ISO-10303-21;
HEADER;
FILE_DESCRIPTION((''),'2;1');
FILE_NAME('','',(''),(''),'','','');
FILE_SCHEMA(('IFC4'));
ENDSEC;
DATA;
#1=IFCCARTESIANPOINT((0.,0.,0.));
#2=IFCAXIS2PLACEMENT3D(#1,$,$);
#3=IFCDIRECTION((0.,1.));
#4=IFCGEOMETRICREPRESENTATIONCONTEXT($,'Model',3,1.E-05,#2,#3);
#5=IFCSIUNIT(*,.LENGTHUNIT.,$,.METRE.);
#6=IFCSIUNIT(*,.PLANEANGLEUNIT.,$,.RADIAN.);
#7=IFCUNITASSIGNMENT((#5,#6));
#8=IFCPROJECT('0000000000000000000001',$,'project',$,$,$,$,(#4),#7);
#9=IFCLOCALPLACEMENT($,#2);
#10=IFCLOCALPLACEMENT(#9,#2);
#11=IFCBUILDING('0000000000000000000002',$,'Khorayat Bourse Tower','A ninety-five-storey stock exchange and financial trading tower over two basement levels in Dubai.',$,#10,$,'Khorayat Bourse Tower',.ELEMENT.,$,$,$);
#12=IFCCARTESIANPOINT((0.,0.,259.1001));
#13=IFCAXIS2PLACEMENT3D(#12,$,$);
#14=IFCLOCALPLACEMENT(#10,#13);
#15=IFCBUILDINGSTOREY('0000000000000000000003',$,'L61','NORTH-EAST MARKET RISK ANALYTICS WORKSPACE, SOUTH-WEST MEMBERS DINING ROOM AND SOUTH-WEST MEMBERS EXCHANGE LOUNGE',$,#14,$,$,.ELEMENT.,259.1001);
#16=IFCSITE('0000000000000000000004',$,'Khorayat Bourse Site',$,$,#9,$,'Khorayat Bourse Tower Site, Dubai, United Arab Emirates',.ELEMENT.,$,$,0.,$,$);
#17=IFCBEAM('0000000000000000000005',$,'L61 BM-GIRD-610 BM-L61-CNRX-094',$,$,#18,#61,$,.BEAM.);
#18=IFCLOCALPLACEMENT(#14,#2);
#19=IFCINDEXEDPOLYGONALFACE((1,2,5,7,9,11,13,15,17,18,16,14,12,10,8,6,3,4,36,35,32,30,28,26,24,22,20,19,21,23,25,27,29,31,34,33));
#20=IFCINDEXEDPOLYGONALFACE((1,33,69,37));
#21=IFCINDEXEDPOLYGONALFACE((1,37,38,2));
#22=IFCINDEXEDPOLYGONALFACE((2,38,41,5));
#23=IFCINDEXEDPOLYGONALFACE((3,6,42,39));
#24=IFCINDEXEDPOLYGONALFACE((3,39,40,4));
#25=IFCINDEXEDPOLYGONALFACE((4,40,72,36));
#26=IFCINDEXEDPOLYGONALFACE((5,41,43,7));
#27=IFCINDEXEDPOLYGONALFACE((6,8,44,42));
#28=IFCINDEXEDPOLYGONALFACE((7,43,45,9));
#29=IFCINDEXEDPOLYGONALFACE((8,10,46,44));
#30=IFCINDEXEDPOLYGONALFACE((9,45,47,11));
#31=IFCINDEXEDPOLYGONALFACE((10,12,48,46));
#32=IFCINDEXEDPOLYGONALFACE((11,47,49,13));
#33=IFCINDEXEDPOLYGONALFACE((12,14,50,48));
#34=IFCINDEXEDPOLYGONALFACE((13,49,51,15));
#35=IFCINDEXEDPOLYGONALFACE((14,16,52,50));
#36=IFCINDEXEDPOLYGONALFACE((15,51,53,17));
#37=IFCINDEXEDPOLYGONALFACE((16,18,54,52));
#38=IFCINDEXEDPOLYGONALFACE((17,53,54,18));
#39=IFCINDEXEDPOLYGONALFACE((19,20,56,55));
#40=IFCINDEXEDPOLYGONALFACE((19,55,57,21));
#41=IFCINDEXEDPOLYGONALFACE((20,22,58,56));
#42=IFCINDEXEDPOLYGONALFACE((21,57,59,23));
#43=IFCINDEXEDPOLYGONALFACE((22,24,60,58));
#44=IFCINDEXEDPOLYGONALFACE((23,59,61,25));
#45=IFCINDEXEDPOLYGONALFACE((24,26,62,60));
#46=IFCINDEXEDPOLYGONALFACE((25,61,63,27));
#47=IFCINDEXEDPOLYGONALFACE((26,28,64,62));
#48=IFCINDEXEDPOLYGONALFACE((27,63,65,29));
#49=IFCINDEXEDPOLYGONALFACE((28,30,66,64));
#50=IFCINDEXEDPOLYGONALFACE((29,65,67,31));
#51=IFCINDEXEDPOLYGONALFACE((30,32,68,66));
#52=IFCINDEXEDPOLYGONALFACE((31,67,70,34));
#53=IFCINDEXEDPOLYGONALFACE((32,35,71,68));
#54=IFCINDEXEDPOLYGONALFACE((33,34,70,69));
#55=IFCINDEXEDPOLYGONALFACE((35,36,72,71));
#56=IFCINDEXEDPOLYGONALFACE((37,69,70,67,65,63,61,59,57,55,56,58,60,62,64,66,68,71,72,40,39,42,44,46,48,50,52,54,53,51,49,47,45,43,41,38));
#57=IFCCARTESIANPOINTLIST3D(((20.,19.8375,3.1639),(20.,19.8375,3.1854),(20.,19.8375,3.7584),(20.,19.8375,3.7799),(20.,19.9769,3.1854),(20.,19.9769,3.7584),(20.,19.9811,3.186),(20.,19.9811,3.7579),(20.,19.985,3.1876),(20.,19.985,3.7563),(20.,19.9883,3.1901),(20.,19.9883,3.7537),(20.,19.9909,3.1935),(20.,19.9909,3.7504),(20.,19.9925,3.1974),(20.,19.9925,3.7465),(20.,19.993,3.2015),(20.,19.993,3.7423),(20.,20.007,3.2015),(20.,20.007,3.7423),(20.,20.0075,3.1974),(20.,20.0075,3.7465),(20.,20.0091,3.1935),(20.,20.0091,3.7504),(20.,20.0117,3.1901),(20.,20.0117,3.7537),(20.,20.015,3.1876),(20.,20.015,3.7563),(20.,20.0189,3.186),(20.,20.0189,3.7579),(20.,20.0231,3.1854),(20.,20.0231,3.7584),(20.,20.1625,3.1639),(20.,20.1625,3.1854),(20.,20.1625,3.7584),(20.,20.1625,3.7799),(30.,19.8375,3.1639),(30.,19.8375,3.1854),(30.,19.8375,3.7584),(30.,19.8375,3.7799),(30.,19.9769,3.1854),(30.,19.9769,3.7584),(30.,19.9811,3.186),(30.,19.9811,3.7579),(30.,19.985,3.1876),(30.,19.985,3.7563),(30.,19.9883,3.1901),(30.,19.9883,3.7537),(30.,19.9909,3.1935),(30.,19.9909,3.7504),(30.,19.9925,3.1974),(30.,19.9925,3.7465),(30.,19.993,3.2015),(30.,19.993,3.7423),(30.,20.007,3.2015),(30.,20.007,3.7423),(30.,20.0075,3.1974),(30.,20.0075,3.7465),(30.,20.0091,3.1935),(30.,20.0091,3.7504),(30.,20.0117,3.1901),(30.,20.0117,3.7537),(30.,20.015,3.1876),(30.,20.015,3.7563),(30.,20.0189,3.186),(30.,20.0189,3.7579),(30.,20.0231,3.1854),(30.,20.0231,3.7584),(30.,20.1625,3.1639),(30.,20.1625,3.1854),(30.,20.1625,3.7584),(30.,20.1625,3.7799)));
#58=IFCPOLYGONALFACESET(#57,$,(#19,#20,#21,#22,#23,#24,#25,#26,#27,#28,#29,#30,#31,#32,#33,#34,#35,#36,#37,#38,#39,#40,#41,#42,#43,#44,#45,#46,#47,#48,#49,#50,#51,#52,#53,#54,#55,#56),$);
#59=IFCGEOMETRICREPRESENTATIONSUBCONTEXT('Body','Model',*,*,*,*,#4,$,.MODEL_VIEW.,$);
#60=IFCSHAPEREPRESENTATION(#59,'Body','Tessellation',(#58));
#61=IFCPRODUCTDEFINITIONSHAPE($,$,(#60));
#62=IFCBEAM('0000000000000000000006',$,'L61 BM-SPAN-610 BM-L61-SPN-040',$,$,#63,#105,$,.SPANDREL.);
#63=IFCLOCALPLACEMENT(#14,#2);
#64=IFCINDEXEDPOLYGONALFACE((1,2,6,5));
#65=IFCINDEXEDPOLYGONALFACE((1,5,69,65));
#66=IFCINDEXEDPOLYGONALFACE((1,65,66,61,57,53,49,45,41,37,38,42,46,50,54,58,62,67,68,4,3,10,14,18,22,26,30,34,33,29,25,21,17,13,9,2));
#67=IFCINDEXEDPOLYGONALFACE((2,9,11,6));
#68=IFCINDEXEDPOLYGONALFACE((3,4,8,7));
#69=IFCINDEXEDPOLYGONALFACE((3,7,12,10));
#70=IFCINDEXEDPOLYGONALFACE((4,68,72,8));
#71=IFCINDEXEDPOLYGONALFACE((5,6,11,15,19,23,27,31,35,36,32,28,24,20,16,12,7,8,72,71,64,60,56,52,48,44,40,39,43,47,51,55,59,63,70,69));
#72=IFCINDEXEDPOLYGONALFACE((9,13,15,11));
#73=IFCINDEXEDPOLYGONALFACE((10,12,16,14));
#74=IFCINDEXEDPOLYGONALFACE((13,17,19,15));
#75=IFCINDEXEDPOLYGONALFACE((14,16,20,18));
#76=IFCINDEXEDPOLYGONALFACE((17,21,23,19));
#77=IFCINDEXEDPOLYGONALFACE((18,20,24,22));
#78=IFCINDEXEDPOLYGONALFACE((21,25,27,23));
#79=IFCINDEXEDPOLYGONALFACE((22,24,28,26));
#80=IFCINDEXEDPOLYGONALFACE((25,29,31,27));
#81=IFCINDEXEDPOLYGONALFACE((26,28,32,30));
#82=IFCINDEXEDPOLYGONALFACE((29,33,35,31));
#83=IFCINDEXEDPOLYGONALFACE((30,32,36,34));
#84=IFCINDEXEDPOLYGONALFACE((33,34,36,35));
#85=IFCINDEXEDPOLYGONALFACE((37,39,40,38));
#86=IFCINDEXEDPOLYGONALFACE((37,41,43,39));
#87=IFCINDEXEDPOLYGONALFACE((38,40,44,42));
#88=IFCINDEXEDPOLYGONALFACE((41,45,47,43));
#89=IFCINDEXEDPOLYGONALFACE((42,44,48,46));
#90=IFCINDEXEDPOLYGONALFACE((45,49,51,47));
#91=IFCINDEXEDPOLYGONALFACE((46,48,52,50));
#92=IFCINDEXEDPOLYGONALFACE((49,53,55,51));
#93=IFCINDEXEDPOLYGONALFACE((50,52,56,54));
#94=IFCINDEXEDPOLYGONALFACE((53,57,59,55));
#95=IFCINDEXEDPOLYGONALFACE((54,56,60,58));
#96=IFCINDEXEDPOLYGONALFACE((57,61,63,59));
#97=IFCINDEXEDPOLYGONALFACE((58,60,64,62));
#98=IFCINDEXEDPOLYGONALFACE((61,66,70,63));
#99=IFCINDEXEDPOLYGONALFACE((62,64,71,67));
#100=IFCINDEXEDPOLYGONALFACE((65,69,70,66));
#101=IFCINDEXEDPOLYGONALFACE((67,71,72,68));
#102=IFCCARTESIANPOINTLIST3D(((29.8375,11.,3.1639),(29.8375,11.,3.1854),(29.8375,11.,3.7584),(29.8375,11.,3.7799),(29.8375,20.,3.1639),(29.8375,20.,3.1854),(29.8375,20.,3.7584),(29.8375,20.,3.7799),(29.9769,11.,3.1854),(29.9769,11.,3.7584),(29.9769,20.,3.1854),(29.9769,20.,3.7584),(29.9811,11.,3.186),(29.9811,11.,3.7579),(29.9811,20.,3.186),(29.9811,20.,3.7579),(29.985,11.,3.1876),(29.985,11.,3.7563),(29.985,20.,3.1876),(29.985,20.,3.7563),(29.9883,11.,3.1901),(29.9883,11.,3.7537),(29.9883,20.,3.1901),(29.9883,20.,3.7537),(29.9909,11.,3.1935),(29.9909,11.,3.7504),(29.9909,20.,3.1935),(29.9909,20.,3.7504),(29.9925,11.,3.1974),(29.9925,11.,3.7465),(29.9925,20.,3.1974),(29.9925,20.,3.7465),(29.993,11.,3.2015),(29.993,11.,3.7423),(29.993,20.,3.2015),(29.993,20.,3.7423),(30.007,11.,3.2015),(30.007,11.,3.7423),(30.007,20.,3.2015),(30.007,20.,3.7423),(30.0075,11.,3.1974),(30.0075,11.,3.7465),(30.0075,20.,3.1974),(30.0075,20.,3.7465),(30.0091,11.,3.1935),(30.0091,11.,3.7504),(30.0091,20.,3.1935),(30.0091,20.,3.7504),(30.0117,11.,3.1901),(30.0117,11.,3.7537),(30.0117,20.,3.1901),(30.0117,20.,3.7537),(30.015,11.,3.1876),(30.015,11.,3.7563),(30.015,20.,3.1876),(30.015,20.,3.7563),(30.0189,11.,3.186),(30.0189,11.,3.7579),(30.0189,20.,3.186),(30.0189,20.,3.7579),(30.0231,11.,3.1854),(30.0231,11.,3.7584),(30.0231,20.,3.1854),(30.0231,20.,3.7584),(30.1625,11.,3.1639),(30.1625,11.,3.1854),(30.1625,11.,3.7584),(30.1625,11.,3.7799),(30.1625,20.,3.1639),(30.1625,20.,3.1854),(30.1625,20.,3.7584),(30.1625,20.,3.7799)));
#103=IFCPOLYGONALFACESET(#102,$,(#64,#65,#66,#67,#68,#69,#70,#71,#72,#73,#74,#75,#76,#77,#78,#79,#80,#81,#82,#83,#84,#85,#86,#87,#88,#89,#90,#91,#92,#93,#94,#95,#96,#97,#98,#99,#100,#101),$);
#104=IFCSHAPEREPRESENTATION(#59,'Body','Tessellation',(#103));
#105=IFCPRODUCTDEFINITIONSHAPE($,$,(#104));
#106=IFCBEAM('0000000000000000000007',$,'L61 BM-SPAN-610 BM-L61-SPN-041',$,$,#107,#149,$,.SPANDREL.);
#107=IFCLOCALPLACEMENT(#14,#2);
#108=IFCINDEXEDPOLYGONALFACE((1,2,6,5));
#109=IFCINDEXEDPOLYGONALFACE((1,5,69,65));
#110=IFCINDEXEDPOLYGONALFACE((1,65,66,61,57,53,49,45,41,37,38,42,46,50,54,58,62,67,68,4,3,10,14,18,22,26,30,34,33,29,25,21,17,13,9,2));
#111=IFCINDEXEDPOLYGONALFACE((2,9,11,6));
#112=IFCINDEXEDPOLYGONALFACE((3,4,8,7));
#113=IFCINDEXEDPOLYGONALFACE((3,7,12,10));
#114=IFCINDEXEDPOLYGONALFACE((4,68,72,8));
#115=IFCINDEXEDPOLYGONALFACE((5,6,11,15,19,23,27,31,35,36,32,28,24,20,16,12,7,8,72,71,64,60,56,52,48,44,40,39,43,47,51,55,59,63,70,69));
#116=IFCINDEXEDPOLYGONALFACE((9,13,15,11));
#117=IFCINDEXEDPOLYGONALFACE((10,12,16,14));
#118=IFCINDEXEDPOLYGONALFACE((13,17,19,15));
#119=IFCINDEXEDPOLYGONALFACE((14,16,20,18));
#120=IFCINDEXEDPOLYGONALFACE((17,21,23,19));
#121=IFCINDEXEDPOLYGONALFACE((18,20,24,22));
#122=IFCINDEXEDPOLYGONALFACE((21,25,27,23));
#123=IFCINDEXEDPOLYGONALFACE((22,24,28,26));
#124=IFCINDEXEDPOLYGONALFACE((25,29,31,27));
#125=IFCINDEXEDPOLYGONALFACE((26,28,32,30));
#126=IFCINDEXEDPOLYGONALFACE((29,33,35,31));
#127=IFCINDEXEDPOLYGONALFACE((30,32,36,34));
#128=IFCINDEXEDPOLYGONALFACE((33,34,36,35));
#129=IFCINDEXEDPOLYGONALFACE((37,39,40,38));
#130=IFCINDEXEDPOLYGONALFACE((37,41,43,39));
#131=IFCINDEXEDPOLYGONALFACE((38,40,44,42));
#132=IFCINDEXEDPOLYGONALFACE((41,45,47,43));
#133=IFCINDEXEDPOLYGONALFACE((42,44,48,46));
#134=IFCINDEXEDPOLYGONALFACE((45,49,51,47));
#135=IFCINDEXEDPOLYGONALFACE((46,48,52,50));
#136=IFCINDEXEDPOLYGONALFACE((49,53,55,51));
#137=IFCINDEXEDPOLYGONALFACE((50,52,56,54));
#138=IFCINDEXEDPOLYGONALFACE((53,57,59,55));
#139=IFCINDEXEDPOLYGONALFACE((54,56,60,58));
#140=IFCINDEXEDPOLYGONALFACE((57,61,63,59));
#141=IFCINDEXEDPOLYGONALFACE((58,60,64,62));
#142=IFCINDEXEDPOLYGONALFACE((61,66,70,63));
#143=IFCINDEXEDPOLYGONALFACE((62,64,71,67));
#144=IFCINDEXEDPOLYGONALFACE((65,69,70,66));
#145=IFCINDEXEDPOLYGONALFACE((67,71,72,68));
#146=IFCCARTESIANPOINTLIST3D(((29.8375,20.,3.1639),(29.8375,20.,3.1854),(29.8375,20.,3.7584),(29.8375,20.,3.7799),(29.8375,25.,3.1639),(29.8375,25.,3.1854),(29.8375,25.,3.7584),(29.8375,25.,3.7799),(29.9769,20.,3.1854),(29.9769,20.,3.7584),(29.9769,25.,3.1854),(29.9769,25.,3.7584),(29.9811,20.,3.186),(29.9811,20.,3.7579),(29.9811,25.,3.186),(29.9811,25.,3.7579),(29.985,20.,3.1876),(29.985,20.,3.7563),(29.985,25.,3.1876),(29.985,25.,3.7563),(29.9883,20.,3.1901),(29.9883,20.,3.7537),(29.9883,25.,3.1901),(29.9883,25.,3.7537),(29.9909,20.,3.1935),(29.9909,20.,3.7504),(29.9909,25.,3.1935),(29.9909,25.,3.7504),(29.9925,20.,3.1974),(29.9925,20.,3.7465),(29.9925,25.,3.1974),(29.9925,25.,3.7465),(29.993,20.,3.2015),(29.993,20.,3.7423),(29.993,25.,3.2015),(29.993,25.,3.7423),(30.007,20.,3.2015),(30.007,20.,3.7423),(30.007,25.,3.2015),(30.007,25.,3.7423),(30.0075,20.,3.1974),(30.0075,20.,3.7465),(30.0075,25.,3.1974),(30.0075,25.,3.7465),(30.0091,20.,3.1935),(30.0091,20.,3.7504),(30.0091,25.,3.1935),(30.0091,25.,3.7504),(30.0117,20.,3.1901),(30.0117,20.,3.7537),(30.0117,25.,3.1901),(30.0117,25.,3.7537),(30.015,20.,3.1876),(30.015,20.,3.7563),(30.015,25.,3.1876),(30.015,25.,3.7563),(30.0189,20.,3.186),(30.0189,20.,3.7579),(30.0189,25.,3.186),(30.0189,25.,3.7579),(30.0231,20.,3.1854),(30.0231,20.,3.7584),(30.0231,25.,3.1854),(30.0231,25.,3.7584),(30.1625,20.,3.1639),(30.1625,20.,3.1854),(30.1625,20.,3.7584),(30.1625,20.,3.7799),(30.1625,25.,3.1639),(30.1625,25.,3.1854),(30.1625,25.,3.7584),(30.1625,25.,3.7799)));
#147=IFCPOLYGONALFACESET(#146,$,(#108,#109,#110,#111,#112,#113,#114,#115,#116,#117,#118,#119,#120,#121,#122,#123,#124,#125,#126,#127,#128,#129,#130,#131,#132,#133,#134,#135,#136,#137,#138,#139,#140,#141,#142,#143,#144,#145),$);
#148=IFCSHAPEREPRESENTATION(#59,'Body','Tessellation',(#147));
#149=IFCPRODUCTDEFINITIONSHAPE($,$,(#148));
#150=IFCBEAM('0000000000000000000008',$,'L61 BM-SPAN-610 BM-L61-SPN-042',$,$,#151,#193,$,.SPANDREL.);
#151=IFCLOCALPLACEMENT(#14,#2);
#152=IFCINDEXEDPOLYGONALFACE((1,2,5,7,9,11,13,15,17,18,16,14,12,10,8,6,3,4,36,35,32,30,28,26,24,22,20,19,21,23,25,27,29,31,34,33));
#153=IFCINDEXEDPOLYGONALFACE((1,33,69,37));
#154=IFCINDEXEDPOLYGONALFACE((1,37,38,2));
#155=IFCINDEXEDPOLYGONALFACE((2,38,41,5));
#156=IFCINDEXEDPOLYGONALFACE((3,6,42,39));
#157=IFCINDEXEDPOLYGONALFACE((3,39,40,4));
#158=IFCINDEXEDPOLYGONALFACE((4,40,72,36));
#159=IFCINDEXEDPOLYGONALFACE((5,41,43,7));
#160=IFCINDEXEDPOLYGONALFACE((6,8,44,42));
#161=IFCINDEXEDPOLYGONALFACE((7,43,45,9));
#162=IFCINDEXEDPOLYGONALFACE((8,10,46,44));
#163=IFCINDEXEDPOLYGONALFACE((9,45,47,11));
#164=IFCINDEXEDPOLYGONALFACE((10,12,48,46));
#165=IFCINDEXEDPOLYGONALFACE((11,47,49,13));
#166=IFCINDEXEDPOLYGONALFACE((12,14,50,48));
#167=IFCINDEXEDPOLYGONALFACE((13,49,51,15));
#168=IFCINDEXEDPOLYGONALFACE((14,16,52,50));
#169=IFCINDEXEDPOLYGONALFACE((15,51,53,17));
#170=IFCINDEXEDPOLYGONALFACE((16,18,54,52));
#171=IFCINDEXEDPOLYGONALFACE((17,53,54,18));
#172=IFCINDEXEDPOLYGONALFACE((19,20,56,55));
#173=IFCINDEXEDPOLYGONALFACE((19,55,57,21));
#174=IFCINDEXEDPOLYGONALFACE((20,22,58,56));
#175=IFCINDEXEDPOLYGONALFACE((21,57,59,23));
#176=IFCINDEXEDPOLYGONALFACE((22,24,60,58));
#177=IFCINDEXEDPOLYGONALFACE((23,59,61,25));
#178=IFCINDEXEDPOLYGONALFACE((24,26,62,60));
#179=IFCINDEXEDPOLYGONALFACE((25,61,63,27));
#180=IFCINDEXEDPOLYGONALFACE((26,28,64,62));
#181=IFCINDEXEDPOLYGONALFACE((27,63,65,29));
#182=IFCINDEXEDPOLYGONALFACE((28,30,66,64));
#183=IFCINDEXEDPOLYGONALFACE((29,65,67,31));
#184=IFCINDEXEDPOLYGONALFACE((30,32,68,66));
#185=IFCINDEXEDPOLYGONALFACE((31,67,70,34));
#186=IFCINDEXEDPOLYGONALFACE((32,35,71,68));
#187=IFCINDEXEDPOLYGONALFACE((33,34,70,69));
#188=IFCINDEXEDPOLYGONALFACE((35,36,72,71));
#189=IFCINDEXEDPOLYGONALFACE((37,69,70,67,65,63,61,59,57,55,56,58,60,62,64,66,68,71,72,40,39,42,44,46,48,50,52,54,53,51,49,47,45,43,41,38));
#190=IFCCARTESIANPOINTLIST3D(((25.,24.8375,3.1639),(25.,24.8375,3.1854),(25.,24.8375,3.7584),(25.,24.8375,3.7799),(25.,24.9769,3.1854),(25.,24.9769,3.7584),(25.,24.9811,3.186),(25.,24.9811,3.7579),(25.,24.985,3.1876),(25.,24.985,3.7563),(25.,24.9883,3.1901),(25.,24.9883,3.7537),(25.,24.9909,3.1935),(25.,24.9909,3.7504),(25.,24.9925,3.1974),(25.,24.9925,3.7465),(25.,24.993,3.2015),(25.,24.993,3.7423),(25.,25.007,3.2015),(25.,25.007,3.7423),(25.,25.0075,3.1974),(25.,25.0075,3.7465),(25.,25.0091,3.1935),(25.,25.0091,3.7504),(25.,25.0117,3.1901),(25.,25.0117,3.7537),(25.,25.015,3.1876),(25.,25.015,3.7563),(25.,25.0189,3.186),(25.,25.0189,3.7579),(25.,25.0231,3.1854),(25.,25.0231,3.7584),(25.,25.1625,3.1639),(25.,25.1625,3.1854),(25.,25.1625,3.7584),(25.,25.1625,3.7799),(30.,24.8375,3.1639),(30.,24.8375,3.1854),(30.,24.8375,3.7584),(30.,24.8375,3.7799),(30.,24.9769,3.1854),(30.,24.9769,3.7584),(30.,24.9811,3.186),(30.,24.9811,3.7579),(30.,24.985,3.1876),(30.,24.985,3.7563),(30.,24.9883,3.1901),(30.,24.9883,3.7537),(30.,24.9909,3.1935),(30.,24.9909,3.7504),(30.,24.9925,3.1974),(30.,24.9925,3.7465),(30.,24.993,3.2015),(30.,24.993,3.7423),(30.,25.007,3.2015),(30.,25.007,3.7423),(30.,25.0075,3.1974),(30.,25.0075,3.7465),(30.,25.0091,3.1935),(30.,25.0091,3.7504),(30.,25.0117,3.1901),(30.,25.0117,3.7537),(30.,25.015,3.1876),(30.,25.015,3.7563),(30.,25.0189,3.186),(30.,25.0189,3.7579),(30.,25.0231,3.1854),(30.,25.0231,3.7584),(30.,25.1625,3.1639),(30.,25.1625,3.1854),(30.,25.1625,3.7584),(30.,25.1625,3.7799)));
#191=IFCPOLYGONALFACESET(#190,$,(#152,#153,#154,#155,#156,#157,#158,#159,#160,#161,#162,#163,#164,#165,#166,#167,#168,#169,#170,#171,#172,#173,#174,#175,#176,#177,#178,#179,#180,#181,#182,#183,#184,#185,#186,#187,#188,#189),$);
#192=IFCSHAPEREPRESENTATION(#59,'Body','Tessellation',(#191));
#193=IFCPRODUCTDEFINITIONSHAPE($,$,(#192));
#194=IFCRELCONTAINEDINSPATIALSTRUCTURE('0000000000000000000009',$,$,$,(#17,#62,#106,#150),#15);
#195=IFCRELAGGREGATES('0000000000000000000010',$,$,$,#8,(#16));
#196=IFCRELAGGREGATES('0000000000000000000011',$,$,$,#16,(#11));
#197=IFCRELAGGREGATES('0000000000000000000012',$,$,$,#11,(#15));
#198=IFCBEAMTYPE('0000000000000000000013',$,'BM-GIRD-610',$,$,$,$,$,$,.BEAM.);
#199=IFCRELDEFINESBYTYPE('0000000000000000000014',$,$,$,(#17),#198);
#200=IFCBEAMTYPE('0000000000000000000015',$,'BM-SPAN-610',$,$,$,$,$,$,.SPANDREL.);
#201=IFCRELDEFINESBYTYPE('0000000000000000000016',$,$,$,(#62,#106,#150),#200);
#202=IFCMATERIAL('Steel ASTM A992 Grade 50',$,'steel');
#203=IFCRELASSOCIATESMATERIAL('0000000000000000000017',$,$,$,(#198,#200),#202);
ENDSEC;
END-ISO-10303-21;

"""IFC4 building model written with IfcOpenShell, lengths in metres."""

from ifc_helpers import new_model, si_unit, direction, frame, origin, origin_2d, place, context, subcontext, project, spatial, i_section, extrude, source, transform, mapped, material, material_profile, profile_set, type_object, element, save


model = new_model("IFC4")

# Units and contexts
model_context = context("Model", 3, precision=1e-05, world=origin(), true_north=direction((0.0, 1.0)))
body_context = subcontext(model_context, "Body", "Model", "MODEL_VIEW")
ifc_project = project(units=[si_unit("LENGTHUNIT", "METRE"), si_unit("PLANEANGLEUNIT", "RADIAN")], contexts=[model_context])

# Site, building, storey
site_placement = place(None, origin())
site = spatial("IfcSite", under=ifc_project, at=site_placement, Name="Khorayat Bourse Site", LongName="Khorayat Bourse Tower Site, Dubai, United Arab Emirates", CompositionType="ELEMENT", RefElevation=0.0)
building_placement = place(site_placement, origin())
building = spatial("IfcBuilding", under=site, at=building_placement, Name="Khorayat Bourse Tower", Description="A ninety-five-storey stock exchange and financial trading tower over two basement levels in Dubai.", LongName="Khorayat Bourse Tower", CompositionType="ELEMENT")
storey_placement = place(building_placement, frame((0.0, 0.0, 259.1001)))
storey = spatial("IfcBuildingStorey", under=building, at=storey_placement, Name="L61", Description="NORTH-EAST MARKET RISK ANALYTICS WORKSPACE, SOUTH-WEST MEMBERS DINING ROOM AND SOUTH-WEST MEMBERS EXCHANGE LOUNGE", CompositionType="ELEMENT", Elevation=259.1001)

# Beams
ifc_material_1 = material(Name="Steel ASTM A992 Grade 50", Category="steel")
ifc_material_profile_1 = material_profile(ifc_material_1, i_section(OverallWidth=0.325, OverallDepth=0.616, WebThickness=0.0139, FlangeThickness=0.0215, FilletRadius=0.0161, at=origin_2d()), Name="W610X174")
ifc_profile_set_1 = profile_set([ifc_material_profile_1], Name="Steel ASTM A992 Grade 50")
beam_type_1 = type_object("IfcBeamType", Name="BM-GIRD-610", PredefinedType="BEAM", material=ifc_profile_set_1)
shared_shape_1 = source(origin(), body_context, "Body", "SweptSolid", [
    extrude(i_section(OverallWidth=0.325, OverallDepth=0.616, WebThickness=0.0139, FlangeThickness=0.0215, FilletRadius=0.0161, at=origin_2d()), origin(), (0.0, 0.0, 1.0), 10.0),
])
beam_1_placement = place(storey_placement, frame((20.0, 20.0, 3.4719), z_axis=(1.0, 0.0, 0.0), x_axis=(0.0, 1.0, 0.0)))
element("IfcBeam", 1, at=beam_1_placement, inside=storey, type_object=beam_type_1, Name="L61 BM-GIRD-610 BM-L61-CNRX-094", PredefinedType="BEAM", context=body_context, shape_type="MappedRepresentation", body=[
    mapped(shared_shape_1, transform((0.0, 0.0, 0.0), scale=1.0)),
])
ifc_material_profile_2 = material_profile(ifc_material_1, i_section(OverallWidth=0.325, OverallDepth=0.616, WebThickness=0.0139, FlangeThickness=0.0215, FilletRadius=0.0161, at=origin_2d()), Name="W610X174")
ifc_profile_set_2 = profile_set([ifc_material_profile_2], Name="Steel ASTM A992 Grade 50")
beam_type_2 = type_object("IfcBeamType", Name="BM-SPAN-610", PredefinedType="SPANDREL", material=ifc_profile_set_2)
shared_shape_2 = source(origin(), body_context, "Body", "SweptSolid", [
    extrude(i_section(OverallWidth=0.325, OverallDepth=0.616, WebThickness=0.0139, FlangeThickness=0.0215, FilletRadius=0.0161, at=origin_2d()), origin(), (0.0, 0.0, 1.0), 9.0),
])
beam_2_placement = place(storey_placement, frame((30.0, 11.0, 3.4719), z_axis=(0.0, 1.0, 0.0), x_axis=(-1.0, 0.0, 0.0)))
element("IfcBeam", 2, at=beam_2_placement, inside=storey, type_object=beam_type_2, Name="L61 BM-SPAN-610 BM-L61-SPN-040", PredefinedType="SPANDREL", context=body_context, shape_type="MappedRepresentation", body=[
    mapped(shared_shape_2, transform((0.0, 0.0, 0.0), scale=1.0)),
])
shared_shape_3 = source(origin(), body_context, "Body", "SweptSolid", [
    extrude(i_section(OverallWidth=0.325, OverallDepth=0.616, WebThickness=0.0139, FlangeThickness=0.0215, FilletRadius=0.0161, at=origin_2d()), origin(), (0.0, 0.0, 1.0), 5.0),
])
for number, where, z_axis, x_axis, name in (
    (3, (30.0, 20.0, 3.4719), (0.0, 1.0, 0.0), (-1.0, 0.0, 0.0), "L61 BM-SPAN-610 BM-L61-SPN-041"),
    (4, (25.0, 25.0, 3.4719), (1.0, 0.0, 0.0), (0.0, 1.0, 0.0), "L61 BM-SPAN-610 BM-L61-SPN-042"),
):
    element("IfcBeam", number, at=place(storey_placement, frame(where, z_axis=z_axis, x_axis=x_axis)), inside=storey, type_object=beam_type_2, Name=name, PredefinedType="SPANDREL", context=body_context, shape_type="MappedRepresentation", body=[
        mapped(shared_shape_3, transform((0.0, 0.0, 0.0), scale=1.0)),
    ])

save(model, "model.ifc")
